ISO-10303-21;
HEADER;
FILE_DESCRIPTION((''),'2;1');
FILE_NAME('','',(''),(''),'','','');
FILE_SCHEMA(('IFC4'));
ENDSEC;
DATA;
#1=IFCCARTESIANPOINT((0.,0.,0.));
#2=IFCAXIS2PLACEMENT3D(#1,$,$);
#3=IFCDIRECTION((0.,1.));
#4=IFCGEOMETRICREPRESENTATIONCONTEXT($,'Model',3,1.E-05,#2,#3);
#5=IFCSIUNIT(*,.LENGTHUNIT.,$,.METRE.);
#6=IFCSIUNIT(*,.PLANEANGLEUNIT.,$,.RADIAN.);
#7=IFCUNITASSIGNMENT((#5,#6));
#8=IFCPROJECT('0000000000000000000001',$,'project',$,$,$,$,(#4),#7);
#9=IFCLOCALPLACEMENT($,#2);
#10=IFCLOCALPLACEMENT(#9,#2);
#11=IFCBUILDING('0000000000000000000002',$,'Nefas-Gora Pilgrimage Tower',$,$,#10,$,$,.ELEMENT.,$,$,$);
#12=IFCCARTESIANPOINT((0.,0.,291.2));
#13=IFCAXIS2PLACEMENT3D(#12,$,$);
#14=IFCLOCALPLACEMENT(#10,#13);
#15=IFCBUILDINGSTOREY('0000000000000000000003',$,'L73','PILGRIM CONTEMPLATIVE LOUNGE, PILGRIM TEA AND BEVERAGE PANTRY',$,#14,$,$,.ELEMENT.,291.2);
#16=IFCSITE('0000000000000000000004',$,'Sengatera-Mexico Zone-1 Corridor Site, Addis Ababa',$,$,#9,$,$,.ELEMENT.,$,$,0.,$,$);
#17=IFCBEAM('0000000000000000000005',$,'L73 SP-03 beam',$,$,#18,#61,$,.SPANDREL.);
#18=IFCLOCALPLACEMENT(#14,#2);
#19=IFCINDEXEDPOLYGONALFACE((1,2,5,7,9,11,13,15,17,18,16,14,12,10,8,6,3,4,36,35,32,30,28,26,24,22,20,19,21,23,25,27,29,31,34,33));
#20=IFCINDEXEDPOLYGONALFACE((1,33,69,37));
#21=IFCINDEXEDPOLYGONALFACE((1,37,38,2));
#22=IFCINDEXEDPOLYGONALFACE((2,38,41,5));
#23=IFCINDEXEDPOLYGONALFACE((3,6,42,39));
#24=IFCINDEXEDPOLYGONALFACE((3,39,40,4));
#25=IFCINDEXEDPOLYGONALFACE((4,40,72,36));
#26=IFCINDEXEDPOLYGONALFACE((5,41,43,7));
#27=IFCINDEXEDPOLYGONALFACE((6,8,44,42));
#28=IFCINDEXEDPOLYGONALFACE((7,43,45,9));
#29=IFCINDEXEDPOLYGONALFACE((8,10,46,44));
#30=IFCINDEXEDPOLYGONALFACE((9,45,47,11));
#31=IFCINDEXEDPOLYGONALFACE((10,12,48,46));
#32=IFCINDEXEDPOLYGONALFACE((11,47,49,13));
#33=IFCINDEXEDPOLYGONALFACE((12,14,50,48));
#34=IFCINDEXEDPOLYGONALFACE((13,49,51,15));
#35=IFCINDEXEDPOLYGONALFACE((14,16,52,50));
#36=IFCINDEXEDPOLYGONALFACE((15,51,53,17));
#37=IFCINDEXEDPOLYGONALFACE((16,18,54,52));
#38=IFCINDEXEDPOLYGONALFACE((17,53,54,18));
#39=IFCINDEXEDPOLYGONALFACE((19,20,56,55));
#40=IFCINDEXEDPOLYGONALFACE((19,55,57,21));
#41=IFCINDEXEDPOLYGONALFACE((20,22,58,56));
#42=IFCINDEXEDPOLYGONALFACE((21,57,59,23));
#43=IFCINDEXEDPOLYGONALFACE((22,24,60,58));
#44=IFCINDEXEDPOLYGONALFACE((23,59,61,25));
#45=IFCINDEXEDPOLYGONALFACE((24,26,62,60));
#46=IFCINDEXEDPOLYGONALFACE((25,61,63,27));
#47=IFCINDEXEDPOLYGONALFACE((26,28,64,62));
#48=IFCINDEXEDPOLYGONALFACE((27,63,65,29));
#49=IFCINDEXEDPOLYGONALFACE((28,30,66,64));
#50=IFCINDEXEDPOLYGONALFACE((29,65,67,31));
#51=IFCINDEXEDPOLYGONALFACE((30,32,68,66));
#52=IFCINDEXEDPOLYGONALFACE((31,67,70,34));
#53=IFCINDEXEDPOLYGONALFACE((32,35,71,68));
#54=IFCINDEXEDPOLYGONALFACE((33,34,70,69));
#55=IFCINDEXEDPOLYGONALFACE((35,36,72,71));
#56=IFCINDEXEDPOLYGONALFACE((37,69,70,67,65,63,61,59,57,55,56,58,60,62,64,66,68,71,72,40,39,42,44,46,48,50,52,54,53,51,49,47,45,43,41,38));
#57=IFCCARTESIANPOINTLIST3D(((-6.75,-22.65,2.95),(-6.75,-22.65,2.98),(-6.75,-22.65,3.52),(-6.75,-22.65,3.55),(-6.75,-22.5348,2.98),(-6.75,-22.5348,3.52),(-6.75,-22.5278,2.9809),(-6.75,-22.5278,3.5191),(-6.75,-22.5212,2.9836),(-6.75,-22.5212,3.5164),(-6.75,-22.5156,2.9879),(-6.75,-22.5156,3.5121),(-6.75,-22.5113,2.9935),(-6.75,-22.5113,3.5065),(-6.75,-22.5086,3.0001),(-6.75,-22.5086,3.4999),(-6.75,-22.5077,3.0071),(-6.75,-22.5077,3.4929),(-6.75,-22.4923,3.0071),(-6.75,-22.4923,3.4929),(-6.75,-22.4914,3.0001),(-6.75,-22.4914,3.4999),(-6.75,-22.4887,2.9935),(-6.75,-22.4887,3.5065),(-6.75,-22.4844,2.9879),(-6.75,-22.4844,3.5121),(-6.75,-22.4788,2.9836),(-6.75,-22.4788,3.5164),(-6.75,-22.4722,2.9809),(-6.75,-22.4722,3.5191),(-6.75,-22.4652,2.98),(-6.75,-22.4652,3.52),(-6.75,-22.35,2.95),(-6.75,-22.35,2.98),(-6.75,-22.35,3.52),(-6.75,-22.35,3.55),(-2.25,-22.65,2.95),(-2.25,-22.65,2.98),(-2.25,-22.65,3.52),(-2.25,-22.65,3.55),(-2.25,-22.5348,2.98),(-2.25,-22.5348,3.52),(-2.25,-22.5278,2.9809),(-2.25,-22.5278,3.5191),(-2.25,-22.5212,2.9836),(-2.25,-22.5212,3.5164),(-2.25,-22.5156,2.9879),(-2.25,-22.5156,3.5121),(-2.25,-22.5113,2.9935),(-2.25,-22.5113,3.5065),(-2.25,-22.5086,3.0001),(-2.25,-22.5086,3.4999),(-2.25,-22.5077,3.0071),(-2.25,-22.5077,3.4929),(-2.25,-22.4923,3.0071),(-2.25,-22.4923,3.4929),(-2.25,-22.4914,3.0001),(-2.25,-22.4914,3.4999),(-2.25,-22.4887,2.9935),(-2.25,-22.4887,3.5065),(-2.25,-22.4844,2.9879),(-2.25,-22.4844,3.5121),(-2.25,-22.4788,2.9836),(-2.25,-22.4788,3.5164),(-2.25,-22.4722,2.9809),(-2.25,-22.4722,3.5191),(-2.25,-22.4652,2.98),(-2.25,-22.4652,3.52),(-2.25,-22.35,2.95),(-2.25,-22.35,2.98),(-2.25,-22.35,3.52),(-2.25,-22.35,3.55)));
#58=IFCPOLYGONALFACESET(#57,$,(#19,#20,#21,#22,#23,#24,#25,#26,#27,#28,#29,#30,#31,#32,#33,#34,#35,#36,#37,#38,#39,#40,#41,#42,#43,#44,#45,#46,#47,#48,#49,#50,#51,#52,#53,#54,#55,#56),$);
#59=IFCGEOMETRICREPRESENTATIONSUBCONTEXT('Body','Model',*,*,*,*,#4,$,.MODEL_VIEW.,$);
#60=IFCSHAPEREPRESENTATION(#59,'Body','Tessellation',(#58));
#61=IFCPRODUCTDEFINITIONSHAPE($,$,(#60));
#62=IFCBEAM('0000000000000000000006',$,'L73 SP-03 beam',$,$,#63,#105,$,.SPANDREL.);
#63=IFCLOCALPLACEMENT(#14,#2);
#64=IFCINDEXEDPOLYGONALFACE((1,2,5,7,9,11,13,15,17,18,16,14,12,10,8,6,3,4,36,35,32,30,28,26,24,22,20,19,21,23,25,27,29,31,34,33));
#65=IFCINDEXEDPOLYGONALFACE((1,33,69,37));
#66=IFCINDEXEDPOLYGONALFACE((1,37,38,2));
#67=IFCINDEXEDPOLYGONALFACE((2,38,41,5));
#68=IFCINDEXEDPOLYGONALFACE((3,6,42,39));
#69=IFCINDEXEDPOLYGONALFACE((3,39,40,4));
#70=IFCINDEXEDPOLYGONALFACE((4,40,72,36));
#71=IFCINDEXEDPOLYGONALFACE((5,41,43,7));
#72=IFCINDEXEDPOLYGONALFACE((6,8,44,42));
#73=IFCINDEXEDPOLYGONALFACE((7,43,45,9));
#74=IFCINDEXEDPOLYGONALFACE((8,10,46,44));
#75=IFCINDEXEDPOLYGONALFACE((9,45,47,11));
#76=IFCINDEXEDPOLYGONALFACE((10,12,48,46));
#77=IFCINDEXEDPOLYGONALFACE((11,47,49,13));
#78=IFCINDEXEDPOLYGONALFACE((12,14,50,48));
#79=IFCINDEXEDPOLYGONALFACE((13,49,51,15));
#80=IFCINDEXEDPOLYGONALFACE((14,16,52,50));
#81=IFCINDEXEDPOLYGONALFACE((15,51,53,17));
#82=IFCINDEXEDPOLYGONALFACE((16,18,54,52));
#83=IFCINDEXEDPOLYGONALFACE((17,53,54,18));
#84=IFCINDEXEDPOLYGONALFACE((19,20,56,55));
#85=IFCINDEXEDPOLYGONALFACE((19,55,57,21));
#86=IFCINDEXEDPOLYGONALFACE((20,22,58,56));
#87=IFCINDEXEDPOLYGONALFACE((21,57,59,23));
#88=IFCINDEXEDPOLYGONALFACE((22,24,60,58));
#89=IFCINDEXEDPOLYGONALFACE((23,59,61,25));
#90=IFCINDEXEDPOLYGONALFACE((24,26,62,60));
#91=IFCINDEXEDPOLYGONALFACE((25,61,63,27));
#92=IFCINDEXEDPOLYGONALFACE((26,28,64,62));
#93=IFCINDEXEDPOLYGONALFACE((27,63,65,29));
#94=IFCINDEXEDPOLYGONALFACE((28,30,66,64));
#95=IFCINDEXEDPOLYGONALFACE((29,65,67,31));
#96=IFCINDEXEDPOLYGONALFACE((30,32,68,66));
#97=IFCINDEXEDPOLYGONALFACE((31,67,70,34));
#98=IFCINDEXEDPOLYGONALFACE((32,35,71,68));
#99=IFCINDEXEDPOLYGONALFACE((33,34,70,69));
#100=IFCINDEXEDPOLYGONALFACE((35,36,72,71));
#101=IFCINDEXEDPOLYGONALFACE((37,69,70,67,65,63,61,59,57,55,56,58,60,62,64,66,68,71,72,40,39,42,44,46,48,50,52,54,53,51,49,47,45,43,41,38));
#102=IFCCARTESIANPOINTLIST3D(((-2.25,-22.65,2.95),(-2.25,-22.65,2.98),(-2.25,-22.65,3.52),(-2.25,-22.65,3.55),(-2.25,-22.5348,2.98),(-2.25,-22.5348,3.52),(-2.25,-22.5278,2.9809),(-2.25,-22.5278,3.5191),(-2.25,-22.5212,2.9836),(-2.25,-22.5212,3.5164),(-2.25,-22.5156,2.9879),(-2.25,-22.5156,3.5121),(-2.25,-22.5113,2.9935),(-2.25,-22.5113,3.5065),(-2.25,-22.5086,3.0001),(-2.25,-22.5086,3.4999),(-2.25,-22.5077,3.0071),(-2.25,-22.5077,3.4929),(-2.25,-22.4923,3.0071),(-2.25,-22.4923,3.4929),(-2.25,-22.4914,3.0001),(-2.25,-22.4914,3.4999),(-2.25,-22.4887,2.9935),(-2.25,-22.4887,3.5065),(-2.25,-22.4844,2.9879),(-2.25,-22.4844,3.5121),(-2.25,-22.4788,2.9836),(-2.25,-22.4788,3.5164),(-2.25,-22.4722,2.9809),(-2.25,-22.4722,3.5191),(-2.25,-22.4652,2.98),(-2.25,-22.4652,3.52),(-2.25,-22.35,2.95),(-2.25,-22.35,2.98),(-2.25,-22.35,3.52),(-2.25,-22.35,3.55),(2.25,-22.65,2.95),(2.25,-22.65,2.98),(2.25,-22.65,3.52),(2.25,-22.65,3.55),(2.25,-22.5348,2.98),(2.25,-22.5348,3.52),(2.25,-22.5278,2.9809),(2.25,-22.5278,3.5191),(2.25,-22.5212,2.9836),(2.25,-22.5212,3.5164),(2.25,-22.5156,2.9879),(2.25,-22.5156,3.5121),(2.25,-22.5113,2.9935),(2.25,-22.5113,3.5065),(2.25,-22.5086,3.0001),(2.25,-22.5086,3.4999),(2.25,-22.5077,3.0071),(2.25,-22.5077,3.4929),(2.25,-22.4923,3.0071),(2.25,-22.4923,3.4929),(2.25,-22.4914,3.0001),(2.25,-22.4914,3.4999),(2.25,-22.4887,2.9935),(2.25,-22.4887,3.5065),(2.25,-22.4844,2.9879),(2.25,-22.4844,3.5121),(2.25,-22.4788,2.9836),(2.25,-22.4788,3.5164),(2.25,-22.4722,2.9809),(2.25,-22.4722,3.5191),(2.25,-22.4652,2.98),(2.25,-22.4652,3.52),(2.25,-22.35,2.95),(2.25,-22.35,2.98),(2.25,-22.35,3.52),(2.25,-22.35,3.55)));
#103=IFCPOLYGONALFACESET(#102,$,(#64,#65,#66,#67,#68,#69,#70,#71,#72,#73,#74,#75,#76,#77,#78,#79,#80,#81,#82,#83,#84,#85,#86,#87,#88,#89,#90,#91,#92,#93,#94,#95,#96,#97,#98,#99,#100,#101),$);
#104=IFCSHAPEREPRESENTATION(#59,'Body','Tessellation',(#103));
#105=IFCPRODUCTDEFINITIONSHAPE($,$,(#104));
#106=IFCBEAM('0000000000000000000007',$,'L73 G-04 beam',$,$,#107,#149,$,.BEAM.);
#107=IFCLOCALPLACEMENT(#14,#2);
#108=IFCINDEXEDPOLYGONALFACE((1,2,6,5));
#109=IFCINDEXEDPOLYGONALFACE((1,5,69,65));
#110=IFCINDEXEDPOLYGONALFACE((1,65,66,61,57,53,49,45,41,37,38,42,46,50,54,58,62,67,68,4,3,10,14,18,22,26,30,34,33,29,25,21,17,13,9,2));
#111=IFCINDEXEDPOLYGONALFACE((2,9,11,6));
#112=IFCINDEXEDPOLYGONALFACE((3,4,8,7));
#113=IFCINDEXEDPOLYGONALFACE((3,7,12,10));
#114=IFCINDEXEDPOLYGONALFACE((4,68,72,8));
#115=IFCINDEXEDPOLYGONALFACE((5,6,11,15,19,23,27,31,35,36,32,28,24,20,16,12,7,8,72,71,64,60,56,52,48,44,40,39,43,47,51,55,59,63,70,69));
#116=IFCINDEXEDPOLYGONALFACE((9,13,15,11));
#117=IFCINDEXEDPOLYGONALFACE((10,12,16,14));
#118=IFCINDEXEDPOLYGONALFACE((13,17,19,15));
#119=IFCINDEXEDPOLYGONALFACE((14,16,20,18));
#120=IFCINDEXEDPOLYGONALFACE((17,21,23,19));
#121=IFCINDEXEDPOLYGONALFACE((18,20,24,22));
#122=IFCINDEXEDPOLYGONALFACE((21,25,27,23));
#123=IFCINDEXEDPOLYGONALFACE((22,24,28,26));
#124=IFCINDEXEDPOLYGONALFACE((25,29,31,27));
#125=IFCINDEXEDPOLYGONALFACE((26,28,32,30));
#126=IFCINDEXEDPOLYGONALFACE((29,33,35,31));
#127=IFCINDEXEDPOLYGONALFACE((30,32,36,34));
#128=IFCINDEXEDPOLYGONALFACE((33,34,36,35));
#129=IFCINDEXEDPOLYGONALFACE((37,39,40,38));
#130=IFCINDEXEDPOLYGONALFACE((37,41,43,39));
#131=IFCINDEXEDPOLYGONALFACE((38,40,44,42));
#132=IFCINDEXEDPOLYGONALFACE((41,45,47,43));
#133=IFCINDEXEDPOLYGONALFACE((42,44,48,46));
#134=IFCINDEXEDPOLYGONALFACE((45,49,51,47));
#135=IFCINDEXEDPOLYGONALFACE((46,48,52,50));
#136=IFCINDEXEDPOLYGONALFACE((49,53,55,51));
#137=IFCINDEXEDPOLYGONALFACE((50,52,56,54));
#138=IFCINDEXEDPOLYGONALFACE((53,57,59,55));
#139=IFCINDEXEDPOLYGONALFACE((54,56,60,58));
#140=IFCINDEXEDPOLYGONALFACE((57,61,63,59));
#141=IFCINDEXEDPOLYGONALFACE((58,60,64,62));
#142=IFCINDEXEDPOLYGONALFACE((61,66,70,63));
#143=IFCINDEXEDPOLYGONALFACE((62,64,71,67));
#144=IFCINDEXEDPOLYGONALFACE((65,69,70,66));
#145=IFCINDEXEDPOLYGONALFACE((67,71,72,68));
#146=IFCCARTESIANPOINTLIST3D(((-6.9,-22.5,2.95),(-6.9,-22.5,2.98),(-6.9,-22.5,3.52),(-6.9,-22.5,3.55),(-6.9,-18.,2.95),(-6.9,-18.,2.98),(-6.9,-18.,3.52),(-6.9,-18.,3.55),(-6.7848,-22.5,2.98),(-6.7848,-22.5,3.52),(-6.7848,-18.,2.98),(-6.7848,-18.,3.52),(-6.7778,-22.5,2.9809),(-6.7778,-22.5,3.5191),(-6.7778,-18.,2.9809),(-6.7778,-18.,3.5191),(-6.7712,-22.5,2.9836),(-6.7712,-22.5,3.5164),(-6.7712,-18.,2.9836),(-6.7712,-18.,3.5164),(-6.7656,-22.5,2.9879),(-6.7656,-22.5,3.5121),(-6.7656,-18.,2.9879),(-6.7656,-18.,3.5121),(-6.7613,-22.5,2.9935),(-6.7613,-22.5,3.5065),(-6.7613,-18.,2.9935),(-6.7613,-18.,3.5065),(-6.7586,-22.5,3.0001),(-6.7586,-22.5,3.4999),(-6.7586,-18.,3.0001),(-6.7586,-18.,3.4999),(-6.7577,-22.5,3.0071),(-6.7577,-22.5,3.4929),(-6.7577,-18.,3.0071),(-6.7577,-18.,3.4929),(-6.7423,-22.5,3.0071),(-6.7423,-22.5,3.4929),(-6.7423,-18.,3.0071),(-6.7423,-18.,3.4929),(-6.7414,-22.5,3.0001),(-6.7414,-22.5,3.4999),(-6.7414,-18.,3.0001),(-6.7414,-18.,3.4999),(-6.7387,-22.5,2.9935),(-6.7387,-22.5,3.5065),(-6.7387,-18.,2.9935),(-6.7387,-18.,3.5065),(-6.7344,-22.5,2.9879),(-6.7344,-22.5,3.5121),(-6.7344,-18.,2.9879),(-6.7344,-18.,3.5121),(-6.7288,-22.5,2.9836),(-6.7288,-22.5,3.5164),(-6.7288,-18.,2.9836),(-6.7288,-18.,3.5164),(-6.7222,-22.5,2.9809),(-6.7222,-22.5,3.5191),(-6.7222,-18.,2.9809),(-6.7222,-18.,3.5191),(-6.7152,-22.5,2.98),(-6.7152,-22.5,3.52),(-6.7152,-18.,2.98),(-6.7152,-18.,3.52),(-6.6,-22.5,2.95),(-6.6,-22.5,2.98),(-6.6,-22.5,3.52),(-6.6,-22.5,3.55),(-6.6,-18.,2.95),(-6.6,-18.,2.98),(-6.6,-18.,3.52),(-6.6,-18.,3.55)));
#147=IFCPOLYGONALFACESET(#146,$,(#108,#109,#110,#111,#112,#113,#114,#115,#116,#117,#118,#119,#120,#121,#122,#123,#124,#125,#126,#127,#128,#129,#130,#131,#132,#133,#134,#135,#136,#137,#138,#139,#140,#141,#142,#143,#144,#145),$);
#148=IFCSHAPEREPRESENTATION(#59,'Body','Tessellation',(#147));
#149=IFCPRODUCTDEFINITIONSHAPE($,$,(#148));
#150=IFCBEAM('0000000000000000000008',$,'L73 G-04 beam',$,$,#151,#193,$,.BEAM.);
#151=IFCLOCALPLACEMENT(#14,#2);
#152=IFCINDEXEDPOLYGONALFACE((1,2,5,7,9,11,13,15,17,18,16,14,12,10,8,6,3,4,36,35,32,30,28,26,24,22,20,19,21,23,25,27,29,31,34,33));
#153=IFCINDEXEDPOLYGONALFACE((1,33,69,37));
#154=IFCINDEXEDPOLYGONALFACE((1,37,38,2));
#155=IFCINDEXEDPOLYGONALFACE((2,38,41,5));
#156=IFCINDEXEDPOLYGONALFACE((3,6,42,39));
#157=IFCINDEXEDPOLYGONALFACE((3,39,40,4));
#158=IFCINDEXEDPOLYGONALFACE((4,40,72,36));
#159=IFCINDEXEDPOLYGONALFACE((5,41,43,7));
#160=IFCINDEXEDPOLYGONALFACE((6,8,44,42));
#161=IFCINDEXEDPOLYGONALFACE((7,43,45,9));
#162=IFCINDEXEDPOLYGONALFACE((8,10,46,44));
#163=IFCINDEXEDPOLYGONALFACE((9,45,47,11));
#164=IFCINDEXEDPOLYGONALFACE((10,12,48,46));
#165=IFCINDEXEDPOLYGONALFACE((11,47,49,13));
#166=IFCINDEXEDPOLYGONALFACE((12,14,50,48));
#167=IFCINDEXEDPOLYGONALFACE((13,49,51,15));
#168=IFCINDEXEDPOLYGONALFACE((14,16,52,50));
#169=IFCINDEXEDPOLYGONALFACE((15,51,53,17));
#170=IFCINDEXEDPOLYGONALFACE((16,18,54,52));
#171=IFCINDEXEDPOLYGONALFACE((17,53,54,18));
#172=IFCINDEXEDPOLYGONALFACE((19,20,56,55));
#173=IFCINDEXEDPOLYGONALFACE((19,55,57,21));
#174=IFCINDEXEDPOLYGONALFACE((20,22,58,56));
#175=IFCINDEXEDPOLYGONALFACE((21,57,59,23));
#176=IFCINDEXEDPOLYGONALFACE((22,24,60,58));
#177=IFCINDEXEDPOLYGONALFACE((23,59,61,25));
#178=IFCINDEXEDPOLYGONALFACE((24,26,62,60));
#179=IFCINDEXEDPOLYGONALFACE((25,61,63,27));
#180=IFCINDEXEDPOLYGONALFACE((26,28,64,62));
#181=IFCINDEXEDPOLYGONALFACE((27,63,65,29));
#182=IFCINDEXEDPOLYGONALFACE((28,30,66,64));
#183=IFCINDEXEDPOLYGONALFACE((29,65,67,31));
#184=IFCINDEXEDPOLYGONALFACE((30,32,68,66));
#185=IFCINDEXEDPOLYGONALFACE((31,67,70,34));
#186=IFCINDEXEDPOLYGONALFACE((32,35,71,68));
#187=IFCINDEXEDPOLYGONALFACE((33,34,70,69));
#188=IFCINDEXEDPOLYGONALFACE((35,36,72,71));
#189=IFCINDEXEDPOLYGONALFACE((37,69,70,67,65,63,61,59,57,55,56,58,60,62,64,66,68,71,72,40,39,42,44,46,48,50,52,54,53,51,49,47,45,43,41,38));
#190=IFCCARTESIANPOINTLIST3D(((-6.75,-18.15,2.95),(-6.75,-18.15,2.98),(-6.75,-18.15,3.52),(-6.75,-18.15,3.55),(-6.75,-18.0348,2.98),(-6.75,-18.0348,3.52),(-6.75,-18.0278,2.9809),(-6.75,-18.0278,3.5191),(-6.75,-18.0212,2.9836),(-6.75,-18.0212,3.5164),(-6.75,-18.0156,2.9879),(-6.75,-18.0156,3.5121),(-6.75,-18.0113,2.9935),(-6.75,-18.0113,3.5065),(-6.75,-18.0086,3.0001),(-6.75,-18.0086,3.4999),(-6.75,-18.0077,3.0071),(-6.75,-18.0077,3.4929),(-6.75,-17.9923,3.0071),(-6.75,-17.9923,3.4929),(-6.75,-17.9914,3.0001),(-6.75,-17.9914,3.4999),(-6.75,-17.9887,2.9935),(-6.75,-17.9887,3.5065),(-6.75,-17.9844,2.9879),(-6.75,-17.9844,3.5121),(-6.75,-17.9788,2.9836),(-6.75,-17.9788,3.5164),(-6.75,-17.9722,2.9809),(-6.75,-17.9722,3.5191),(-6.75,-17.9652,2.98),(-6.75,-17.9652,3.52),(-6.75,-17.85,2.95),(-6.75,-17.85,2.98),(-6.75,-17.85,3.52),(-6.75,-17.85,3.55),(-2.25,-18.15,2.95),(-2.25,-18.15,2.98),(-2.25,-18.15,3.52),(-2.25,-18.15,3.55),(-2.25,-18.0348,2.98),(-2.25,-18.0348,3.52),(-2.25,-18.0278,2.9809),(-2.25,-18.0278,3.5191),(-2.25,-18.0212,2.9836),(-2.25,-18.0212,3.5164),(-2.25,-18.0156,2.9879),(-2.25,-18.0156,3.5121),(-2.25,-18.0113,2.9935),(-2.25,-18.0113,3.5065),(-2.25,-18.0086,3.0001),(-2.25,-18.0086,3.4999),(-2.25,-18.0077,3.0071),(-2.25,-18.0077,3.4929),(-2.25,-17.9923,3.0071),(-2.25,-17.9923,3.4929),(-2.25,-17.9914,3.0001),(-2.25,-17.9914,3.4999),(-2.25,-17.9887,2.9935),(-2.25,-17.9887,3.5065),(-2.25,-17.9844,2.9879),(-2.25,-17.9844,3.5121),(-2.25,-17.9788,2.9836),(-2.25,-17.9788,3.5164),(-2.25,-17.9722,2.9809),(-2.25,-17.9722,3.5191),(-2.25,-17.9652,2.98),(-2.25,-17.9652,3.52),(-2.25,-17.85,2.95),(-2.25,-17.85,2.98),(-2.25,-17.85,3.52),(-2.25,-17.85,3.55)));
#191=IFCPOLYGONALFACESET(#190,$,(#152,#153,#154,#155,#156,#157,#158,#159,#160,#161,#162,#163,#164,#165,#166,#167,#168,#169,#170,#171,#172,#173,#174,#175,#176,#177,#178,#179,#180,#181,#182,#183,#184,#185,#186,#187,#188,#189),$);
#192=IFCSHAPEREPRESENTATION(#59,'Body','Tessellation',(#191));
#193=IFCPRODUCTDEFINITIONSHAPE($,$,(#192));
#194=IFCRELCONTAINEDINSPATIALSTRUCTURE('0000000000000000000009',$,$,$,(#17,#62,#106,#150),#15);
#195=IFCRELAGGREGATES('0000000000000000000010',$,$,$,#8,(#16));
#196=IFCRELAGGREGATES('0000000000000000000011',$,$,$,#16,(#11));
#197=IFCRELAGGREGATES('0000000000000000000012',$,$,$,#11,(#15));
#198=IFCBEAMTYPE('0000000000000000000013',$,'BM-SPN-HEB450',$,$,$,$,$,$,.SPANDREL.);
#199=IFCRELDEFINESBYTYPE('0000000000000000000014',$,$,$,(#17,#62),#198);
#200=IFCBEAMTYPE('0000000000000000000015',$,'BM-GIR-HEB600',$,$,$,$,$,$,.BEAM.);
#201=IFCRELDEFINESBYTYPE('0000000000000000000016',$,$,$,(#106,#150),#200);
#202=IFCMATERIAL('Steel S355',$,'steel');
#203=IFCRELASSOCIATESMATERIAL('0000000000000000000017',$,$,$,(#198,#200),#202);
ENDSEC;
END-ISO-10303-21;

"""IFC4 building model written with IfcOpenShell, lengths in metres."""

from ifc_helpers import new_model, si_unit, direction, frame, origin, origin_2d, place, context, subcontext, project, spatial, i_section, extrude, source, transform, mapped, material, material_profile, profile_set, type_object, element, save


model = new_model("IFC4")

# Units and contexts
model_context = context("Model", 3, precision=1e-05, world=origin(), true_north=direction((0.0, 1.0)))
body_context = subcontext(model_context, "Body", "Model", "MODEL_VIEW")
ifc_project = project(units=[si_unit("LENGTHUNIT", "METRE"), si_unit("PLANEANGLEUNIT", "RADIAN")], contexts=[model_context])

# Site, building, storey
site_placement = place(None, origin())
site = spatial("IfcSite", under=ifc_project, at=site_placement, Name="Sengatera-Mexico Zone-1 Corridor Site, Addis Ababa", CompositionType="ELEMENT", RefElevation=0.0)
building_placement = place(site_placement, origin())
building = spatial("IfcBuilding", under=site, at=building_placement, Name="Nefas-Gora Pilgrimage Tower", CompositionType="ELEMENT")
storey_placement = place(building_placement, frame((0.0, 0.0, 291.2)))
storey = spatial("IfcBuildingStorey", under=building, at=storey_placement, Name="L73", Description="PILGRIM CONTEMPLATIVE LOUNGE, PILGRIM TEA AND BEVERAGE PANTRY", CompositionType="ELEMENT", Elevation=291.2)

# Shared definitions
ifc_material_1 = material(Name="Steel S355", Category="steel")

# Beams
ifc_material_profile_1 = material_profile(ifc_material_1, i_section(OverallWidth=0.3, OverallDepth=0.6001, WebThickness=0.0154, FlangeThickness=0.03, FilletRadius=0.0271, at=origin_2d()), Name="HEB 600")
ifc_profile_set_1 = profile_set([ifc_material_profile_1], Name="Steel S355")
beam_type_1 = type_object("IfcBeamType", Name="BM-SPN-HEB450", PredefinedType="SPANDREL", material=ifc_profile_set_1)
shared_shape_1 = source(origin(), body_context, "Body", "SweptSolid", [
    extrude(i_section(OverallWidth=0.3, OverallDepth=0.6001, WebThickness=0.0154, FlangeThickness=0.03, FilletRadius=0.0271, at=origin_2d()), origin(), (0.0, 0.0, 1.0), 4.5),
])
for number, where, z_axis, x_axis, name in (
    (1, (-6.75, -22.5, 3.25), (1.0, 0.0, 0.0), (0.0, 1.0, 0.0), "L73 SP-03 beam"),
    (2, (-2.25, -22.5, 3.25), (1.0, 0.0, 0.0), (0.0, 1.0, 0.0), "L73 SP-03 beam"),
):
    element("IfcBeam", number, at=place(storey_placement, frame(where, z_axis=z_axis, x_axis=x_axis)), inside=storey, type_object=beam_type_1, Name=name, PredefinedType="SPANDREL", context=body_context, shape_type="MappedRepresentation", body=[
        mapped(shared_shape_1, transform((0.0, 0.0, 0.0), x_axis=(1.0, 0.0, 0.0), y_axis=(0.0, 1.0, 0.0), z_axis=(0.0, 0.0, 1.0), scale=1.0)),
    ])
ifc_material_profile_2 = material_profile(ifc_material_1, i_section(OverallWidth=0.3, OverallDepth=0.6001, WebThickness=0.0154, FlangeThickness=0.03, FilletRadius=0.0271, at=origin_2d()), Name="HEB 600")
ifc_profile_set_2 = profile_set([ifc_material_profile_2], Name="Steel S355")
beam_type_2 = type_object("IfcBeamType", Name="BM-GIR-HEB600", PredefinedType="BEAM", material=ifc_profile_set_2)
shared_shape_2 = source(origin(), body_context, "Body", "SweptSolid", [
    extrude(i_section(OverallWidth=0.3, OverallDepth=0.6001, WebThickness=0.0154, FlangeThickness=0.03, FilletRadius=0.0271, at=origin_2d()), origin(), (0.0, 0.0, 1.0), 4.5),
])
for number, where, z_axis, x_axis, name in (
    (3, (-6.75, -22.5, 3.25), (0.0, 1.0, 0.0), (-1.0, 0.0, 0.0), "L73 G-04 beam"),
    (4, (-6.75, -18.0, 3.25), (1.0, 0.0, 0.0), (0.0, 1.0, 0.0), "L73 G-04 beam"),
):
    element("IfcBeam", number, at=place(storey_placement, frame(where, z_axis=z_axis, x_axis=x_axis)), inside=storey, type_object=beam_type_2, Name=name, PredefinedType="BEAM", context=body_context, shape_type="MappedRepresentation", body=[
        mapped(shared_shape_2, transform((0.0, 0.0, 0.0), x_axis=(1.0, 0.0, 0.0), y_axis=(0.0, 1.0, 0.0), z_axis=(0.0, 0.0, 1.0), scale=1.0)),
    ])

save(model, "model.ifc")
